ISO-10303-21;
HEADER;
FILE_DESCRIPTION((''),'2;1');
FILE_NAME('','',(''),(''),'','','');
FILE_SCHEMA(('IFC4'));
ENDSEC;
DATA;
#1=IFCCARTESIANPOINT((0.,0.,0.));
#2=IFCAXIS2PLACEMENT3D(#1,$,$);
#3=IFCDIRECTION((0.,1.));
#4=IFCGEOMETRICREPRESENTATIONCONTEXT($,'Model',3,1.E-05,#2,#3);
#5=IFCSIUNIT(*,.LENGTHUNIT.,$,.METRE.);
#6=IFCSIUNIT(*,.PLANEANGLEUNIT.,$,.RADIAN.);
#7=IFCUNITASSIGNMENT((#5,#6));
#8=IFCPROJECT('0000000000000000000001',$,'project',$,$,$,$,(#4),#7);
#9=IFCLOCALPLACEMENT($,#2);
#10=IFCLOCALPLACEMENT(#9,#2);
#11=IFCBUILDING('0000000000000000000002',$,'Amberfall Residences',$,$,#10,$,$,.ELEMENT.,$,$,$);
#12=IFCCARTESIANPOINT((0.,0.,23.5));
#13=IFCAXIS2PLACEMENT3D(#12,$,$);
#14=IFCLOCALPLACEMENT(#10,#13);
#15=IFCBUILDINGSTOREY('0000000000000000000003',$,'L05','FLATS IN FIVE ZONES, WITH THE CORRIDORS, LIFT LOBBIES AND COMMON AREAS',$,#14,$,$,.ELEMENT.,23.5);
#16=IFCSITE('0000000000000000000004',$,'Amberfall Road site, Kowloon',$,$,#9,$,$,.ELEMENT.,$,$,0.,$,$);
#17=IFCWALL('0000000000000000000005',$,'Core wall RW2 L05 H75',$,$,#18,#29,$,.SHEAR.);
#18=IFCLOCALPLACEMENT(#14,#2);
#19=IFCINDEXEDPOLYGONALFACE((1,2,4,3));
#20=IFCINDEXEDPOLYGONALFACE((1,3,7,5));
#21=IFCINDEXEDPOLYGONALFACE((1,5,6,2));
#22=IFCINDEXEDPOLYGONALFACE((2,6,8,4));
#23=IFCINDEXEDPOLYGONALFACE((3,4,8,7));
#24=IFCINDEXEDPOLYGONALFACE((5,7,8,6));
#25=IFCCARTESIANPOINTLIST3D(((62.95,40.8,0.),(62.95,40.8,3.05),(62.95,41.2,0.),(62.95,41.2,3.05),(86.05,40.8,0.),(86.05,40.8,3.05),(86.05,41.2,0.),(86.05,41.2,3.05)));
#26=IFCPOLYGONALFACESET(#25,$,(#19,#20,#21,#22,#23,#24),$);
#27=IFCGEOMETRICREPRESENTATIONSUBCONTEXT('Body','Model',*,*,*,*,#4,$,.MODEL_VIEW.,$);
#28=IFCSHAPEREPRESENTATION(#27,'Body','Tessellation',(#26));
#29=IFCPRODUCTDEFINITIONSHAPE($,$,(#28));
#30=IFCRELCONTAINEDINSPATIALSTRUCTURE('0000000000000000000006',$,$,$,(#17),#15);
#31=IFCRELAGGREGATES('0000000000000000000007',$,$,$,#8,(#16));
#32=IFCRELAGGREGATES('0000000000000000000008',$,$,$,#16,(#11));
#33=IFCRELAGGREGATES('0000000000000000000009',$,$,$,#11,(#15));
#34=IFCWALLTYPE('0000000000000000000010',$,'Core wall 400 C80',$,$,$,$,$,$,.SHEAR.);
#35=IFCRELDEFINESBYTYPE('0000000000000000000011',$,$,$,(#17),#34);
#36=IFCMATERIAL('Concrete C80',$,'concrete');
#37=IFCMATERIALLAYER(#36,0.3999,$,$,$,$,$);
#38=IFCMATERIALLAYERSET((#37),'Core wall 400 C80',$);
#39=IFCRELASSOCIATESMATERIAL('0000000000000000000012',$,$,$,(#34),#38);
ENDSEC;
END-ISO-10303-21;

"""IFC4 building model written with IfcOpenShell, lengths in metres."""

from ifc_helpers import new_model, si_unit, direction, frame, frame_2d, origin, place, context, subcontext, project, spatial, rectangle, extrude, material, layer, layer_set, type_object, element, save


model = new_model("IFC4")

# Units and contexts
model_context = context("Model", 3, precision=1e-05, world=origin(), true_north=direction((0.0, 1.0)))
body_context = subcontext(model_context, "Body", "Model", "MODEL_VIEW")
ifc_project = project(units=[si_unit("LENGTHUNIT", "METRE"), si_unit("PLANEANGLEUNIT", "RADIAN")], contexts=[model_context])

# Site, building, storey
site_placement = place(None, origin())
site = spatial("IfcSite", under=ifc_project, at=site_placement, Name="Amberfall Road site, Kowloon", CompositionType="ELEMENT", RefElevation=0.0)
building_placement = place(site_placement, origin())
building = spatial("IfcBuilding", under=site, at=building_placement, Name="Amberfall Residences", CompositionType="ELEMENT")
storey_placement = place(building_placement, frame((0.0, 0.0, 23.5)))
storey = spatial("IfcBuildingStorey", under=building, at=storey_placement, Name="L05", Description="FLATS IN FIVE ZONES, WITH THE CORRIDORS, LIFT LOBBIES AND COMMON AREAS", CompositionType="ELEMENT", Elevation=23.5)

# Wall
ifc_material_1 = material(Name="Concrete C80", Category="concrete")
ifc_layer_1 = layer(ifc_material_1, 0.3999)
ifc_layer_set_1 = layer_set([ifc_layer_1], Name="Core wall 400 C80")
wall_type_1 = type_object("IfcWallType", Name="Core wall 400 C80", PredefinedType="SHEAR", material=ifc_layer_set_1)
wall_1_placement = place(storey_placement, frame((62.95, 41.0, 0.0), z_axis=(0.0, 0.0, 1.0), x_axis=(1.0, 0.0, 0.0)))
element("IfcWall", 1, at=wall_1_placement, inside=storey, type_object=wall_type_1, Name="Core wall RW2 L05 H75", PredefinedType="SHEAR", context=body_context, shape_type="SweptSolid", body=[
    extrude(rectangle(XDim=23.1001, YDim=0.3999, at=frame_2d((11.55, 0.0))), origin(), (0.0, 0.0, 1.0), 3.05),
])

save(model, "model.ifc")
